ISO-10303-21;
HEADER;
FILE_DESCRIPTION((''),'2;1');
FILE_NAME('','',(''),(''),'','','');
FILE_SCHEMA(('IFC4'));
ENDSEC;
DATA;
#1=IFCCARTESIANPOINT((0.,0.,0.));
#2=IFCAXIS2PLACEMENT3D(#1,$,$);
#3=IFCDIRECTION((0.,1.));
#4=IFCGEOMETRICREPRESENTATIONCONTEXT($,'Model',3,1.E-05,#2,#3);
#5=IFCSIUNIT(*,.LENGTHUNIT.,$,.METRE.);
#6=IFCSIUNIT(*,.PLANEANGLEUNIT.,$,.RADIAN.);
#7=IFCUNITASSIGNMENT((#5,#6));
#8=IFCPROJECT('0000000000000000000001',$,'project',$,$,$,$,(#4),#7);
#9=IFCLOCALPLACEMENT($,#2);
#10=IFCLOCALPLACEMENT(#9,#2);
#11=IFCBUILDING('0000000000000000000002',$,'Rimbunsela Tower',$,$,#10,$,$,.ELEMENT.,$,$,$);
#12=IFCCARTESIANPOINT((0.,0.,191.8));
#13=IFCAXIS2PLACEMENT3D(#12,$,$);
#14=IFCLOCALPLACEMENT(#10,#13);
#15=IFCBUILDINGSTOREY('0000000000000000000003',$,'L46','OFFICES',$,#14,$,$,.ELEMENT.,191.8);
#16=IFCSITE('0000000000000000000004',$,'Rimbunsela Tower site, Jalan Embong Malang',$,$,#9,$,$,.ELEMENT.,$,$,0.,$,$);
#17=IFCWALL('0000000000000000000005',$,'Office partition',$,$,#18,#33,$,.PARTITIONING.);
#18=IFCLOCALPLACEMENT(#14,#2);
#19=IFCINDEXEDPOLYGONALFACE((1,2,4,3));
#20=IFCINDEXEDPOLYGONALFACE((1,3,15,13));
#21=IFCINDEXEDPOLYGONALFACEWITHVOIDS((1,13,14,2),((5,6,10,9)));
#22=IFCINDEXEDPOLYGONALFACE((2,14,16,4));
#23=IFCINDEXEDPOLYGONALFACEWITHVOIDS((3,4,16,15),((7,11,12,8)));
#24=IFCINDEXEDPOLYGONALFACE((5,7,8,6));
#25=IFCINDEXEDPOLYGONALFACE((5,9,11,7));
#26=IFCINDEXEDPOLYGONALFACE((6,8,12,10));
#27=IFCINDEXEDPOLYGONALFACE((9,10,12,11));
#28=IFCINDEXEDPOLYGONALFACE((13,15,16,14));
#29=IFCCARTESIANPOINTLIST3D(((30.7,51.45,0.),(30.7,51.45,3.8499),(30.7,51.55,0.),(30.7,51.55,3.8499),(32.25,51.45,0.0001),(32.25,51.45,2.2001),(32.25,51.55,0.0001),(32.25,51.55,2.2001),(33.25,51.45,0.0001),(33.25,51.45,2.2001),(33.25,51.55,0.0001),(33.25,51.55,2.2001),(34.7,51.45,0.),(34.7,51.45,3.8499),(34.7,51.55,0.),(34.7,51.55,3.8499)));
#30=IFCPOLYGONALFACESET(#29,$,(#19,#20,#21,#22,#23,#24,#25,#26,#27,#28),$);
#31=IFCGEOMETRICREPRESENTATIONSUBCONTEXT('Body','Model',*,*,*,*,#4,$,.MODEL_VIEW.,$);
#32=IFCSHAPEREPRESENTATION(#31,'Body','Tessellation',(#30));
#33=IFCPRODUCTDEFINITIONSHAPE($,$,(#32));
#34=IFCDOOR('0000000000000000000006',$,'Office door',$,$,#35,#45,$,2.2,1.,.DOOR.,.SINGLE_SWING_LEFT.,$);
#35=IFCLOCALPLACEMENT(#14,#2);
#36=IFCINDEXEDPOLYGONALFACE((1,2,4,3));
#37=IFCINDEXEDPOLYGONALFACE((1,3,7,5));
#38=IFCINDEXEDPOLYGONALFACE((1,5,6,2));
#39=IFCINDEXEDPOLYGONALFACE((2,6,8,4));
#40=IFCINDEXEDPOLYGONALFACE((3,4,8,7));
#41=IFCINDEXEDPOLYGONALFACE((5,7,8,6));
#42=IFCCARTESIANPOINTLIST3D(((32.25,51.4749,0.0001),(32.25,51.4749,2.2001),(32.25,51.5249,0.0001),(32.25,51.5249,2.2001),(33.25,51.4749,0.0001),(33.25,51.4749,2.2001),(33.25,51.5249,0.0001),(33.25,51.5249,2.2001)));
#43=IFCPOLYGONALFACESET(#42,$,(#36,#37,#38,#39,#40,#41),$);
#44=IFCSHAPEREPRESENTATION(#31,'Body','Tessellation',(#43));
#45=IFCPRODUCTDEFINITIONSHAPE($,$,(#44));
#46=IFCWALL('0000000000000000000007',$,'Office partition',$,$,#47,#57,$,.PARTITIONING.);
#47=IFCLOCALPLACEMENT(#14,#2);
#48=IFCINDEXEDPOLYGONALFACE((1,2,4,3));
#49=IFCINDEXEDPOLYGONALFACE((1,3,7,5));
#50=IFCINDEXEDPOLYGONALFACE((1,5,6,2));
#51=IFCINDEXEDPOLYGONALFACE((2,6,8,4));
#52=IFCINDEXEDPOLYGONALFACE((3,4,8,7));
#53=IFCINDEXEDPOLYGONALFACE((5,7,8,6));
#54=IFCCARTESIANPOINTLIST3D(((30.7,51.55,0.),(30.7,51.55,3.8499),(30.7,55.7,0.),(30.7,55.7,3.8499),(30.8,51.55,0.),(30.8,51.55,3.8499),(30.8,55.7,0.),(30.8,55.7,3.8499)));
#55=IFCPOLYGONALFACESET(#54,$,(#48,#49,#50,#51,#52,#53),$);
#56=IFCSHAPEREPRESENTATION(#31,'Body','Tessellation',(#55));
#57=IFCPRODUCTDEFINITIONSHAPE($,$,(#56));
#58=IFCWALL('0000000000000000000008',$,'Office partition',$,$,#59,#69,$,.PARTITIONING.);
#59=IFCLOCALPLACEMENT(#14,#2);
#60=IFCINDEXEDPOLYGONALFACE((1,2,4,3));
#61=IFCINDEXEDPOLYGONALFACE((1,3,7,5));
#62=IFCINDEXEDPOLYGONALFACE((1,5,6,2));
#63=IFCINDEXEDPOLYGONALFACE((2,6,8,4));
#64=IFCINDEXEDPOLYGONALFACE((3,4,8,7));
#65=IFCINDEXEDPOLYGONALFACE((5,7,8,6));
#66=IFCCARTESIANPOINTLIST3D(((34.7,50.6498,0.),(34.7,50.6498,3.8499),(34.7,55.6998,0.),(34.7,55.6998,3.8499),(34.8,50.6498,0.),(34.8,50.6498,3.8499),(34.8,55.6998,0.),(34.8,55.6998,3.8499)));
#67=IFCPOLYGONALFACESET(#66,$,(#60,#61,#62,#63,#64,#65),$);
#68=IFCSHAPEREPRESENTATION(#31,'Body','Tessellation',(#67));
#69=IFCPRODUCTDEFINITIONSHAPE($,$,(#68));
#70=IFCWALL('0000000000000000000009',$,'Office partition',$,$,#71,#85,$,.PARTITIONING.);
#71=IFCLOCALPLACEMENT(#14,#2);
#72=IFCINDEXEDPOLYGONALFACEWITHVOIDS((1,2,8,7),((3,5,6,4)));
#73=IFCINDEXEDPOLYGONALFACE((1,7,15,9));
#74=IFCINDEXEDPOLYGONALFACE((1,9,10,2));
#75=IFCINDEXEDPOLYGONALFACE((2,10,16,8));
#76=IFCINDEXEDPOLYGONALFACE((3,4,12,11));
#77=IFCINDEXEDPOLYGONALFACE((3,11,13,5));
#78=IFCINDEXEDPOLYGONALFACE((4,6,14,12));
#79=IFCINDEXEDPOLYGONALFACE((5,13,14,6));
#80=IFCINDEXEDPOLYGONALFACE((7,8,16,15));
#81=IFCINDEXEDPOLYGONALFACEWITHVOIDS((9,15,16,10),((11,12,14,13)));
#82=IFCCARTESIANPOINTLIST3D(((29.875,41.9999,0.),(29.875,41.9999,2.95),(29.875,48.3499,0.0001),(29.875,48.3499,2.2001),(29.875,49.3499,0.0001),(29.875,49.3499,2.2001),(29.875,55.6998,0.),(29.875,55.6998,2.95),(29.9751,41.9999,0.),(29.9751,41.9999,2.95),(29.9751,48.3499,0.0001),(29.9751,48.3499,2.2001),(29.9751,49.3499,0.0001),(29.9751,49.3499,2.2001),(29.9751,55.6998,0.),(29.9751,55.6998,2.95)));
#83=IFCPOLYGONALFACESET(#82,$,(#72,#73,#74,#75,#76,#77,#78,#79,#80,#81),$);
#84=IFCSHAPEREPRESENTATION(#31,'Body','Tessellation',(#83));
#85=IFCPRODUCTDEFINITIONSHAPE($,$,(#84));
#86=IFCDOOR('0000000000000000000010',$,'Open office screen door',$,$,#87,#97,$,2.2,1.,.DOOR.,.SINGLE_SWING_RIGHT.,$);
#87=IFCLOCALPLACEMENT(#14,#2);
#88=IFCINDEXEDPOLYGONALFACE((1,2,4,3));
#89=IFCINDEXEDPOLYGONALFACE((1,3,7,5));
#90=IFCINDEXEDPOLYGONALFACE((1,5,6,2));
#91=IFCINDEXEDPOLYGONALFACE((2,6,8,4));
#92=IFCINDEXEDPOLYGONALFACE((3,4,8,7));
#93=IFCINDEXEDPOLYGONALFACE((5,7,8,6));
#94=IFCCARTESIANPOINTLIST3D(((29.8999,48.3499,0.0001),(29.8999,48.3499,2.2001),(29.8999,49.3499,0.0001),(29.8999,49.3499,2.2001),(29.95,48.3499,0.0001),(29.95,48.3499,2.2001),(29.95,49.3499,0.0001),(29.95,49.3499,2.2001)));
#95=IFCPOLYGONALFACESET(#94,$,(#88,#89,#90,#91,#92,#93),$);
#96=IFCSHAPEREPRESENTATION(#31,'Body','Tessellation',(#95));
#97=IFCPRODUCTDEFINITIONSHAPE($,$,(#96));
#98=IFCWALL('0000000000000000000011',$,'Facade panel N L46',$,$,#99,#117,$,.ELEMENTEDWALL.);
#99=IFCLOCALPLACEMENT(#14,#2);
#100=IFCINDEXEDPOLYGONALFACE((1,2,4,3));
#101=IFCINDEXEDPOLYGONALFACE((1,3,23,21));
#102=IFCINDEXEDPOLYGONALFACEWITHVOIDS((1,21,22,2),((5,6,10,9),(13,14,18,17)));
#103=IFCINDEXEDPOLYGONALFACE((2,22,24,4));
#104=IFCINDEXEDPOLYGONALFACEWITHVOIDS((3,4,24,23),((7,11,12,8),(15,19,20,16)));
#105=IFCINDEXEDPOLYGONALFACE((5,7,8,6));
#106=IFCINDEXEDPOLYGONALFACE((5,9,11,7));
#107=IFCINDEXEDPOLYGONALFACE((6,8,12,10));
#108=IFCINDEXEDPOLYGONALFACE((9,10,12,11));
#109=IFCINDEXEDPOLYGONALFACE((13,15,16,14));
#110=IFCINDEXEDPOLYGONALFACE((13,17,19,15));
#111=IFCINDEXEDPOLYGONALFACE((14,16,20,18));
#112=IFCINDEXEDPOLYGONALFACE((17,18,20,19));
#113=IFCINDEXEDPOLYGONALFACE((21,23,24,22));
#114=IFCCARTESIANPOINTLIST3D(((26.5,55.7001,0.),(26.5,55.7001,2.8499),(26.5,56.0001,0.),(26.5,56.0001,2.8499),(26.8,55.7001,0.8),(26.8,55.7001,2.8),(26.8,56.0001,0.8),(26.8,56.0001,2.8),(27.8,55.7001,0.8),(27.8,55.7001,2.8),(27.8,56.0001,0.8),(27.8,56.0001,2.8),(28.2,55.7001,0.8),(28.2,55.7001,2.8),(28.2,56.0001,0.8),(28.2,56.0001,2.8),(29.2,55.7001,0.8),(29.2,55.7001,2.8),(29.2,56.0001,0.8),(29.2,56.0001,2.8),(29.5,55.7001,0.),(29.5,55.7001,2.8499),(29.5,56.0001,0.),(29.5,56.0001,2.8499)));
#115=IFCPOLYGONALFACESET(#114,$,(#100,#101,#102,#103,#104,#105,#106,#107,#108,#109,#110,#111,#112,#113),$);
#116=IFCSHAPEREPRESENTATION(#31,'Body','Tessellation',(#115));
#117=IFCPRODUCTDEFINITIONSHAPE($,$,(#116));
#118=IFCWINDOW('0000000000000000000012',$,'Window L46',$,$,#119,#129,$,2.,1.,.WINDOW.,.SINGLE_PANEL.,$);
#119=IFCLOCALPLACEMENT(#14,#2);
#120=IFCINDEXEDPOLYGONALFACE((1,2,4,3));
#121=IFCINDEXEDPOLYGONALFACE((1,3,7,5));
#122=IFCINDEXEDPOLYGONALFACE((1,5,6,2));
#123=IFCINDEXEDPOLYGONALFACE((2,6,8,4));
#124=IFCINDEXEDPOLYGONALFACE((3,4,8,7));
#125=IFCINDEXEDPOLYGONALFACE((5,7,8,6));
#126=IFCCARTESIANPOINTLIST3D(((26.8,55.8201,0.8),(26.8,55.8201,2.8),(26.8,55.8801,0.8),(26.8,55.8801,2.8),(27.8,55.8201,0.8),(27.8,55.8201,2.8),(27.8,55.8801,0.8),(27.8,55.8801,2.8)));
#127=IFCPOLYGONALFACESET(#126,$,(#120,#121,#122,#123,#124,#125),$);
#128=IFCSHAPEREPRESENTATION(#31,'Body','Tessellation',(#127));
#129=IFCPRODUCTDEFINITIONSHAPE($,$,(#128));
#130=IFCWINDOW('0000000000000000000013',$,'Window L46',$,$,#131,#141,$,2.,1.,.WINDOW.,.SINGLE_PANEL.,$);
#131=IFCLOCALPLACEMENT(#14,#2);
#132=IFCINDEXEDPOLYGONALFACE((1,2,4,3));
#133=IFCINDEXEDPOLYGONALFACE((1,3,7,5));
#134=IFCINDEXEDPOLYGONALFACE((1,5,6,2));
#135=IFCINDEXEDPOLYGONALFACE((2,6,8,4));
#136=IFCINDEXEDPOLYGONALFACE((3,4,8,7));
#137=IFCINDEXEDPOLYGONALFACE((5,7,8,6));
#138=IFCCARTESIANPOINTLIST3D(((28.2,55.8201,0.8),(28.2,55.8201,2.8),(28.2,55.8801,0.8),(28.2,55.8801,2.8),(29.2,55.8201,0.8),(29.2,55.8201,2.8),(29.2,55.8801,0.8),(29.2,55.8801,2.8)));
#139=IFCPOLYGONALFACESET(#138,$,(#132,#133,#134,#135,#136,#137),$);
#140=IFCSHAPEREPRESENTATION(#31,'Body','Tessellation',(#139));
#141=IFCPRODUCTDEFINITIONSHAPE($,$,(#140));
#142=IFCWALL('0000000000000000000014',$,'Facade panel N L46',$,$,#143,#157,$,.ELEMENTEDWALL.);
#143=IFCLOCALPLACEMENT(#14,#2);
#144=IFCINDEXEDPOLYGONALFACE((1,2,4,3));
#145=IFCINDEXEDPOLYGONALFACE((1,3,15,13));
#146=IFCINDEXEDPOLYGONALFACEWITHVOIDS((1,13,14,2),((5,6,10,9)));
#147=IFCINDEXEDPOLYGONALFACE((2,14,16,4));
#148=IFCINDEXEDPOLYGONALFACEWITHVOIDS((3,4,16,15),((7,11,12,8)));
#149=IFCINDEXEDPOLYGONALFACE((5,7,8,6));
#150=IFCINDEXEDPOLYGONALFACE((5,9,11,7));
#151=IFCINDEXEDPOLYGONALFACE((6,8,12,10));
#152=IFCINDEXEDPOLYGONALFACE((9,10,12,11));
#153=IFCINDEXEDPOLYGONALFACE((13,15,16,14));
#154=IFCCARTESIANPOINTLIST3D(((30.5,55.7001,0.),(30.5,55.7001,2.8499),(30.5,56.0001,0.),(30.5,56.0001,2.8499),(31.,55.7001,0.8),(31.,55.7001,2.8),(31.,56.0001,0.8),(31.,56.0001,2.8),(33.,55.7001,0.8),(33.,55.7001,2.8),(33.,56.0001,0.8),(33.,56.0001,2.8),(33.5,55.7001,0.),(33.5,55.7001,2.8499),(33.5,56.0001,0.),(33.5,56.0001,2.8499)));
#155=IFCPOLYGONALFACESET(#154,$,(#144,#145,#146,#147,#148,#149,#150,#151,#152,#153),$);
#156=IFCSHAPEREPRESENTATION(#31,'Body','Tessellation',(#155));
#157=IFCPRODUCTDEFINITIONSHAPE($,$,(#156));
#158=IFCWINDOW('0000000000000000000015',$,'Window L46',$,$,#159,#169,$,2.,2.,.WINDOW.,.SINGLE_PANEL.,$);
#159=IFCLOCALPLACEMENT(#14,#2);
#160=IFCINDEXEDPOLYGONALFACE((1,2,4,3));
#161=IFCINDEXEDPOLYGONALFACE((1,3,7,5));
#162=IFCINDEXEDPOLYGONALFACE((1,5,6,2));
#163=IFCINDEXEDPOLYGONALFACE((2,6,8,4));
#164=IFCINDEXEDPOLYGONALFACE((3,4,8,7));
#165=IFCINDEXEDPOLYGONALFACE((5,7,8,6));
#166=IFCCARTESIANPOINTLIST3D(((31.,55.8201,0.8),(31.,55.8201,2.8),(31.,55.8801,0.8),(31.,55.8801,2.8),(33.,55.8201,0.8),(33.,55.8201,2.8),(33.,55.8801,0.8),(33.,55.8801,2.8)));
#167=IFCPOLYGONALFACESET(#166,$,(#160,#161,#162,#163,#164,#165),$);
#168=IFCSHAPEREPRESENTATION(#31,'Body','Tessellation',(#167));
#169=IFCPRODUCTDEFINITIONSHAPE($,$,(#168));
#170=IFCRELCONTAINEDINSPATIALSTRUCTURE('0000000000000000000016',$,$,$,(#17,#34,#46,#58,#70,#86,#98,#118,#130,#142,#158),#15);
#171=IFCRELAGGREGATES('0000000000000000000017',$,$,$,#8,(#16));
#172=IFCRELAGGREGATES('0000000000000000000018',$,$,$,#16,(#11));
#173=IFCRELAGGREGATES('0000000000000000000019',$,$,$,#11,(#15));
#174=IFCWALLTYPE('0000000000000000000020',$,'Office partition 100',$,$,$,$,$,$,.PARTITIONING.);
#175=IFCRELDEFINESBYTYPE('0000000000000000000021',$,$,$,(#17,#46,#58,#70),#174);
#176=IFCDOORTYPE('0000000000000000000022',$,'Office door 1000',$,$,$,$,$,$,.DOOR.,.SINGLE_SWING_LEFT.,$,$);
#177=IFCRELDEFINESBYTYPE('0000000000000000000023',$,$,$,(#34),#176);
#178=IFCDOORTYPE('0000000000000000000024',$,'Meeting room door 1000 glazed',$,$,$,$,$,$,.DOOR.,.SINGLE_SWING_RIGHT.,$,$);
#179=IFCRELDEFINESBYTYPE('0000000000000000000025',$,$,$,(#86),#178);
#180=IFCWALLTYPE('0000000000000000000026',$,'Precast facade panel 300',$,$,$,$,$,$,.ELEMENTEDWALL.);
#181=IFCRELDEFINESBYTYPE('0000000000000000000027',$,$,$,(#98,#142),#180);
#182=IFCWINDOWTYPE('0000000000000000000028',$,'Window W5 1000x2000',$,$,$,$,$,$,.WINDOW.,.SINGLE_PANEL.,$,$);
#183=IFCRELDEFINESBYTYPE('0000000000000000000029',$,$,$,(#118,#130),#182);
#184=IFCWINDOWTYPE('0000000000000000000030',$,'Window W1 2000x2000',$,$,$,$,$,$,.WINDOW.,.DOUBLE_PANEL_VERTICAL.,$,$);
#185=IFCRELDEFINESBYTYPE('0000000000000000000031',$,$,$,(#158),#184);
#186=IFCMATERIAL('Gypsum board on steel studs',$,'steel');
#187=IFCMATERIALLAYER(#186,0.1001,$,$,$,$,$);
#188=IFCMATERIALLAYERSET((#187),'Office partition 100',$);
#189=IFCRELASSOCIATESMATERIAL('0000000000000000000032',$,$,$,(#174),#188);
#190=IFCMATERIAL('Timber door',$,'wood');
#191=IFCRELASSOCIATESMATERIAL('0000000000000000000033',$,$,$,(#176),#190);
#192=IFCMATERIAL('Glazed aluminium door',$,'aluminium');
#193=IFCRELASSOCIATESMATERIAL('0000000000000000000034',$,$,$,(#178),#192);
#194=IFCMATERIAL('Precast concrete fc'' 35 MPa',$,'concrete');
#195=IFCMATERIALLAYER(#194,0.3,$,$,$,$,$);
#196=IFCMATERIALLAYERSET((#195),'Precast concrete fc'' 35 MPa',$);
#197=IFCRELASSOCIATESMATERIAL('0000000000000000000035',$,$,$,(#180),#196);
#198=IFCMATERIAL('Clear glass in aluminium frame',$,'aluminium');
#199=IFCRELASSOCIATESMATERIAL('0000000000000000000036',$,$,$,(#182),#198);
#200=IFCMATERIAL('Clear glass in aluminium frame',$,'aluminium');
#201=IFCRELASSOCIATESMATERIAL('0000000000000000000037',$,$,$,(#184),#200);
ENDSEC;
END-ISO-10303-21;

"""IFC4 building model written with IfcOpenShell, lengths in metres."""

from ifc_helpers import new_model, si_unit, direction, frame, frame_2d, origin, place, context, subcontext, project, spatial, rectangle, extrude, material, layer, layer_set, type_object, element, fill, save


model = new_model("IFC4")

# Units and contexts
model_context = context("Model", 3, precision=1e-05, world=origin(), true_north=direction((0.0, 1.0)))
body_context = subcontext(model_context, "Body", "Model", "MODEL_VIEW")
ifc_project = project(units=[si_unit("LENGTHUNIT", "METRE"), si_unit("PLANEANGLEUNIT", "RADIAN")], contexts=[model_context])

# Site, building, storey
site_placement = place(None, origin())
site = spatial("IfcSite", under=ifc_project, at=site_placement, Name="Rimbunsela Tower site, Jalan Embong Malang", CompositionType="ELEMENT", RefElevation=0.0)
building_placement = place(site_placement, origin())
building = spatial("IfcBuilding", under=site, at=building_placement, Name="Rimbunsela Tower", CompositionType="ELEMENT")
storey_placement = place(building_placement, frame((0.0, 0.0, 191.8)))
storey = spatial("IfcBuildingStorey", under=building, at=storey_placement, Name="L46", Description="OFFICES", CompositionType="ELEMENT", Elevation=191.8)

# Wall, opening, door
ifc_material_1 = material(Name="Gypsum board on steel studs", Category="steel")
ifc_layer_1 = layer(ifc_material_1, 0.1001)
ifc_layer_set_1 = layer_set([ifc_layer_1], Name="Office partition 100")
wall_type_1 = type_object("IfcWallType", Name="Office partition 100", PredefinedType="PARTITIONING", material=ifc_layer_set_1)
wall_1_placement = place(storey_placement, frame((30.7, 51.5, 0.0), z_axis=(0.0, 0.0, 1.0), x_axis=(1.0, 0.0, 0.0)))
wall_1 = element("IfcWall", 1, at=wall_1_placement, inside=storey, type_object=wall_type_1, Name="Office partition", PredefinedType="PARTITIONING", context=body_context, shape_type="SweptSolid", body=[
    extrude(rectangle(XDim=4.0, YDim=0.1001, at=frame_2d((2.0, 0.0))), origin(), (0.0, 0.0, 1.0), 3.8499),
])
opening_1_placement = place(wall_1_placement, frame((1.55, 0.0, 0.0)))
opening_1 = element("IfcOpeningElement", 2, at=opening_1_placement, cuts=wall_1, PredefinedType="OPENING", context=body_context, shape_type="SweptSolid", body=[
    extrude(rectangle(XDim=1.0, YDim=2.2, at=frame_2d((0.5, 1.1001))), frame((0.0, 0.0601, 0.0), z_axis=(0.0, -1.0, 0.0), x_axis=(1.0, 0.0, 0.0)), (0.0, 0.0, 1.0), 0.1201),
])
ifc_material_2 = material(Name="Timber door", Category="wood")
door_type_1 = type_object("IfcDoorType", Name="Office door 1000", OperationType="SINGLE_SWING_LEFT", PredefinedType="DOOR", material=ifc_material_2)
door_1_placement = place(opening_1_placement, origin())
door_1 = element("IfcDoor", 3, at=door_1_placement, inside=storey, type_object=door_type_1, Name="Office door", OperationType="SINGLE_SWING_LEFT", OverallHeight=2.2, OverallWidth=1.0, PredefinedType="DOOR", context=body_context, shape_type="SweptSolid", body=[
    extrude(rectangle(XDim=1.0, YDim=2.2, at=frame_2d((0.5, 1.1001))), frame((0.0, 0.0249, 0.0), z_axis=(0.0, -1.0, 0.0), x_axis=(1.0, 0.0, 0.0)), (0.0, 0.0, 1.0), 0.05),
])
fill(opening_1, door_1)

# Walls
wall_2_placement = place(storey_placement, frame((30.75, 51.55, 0.0), z_axis=(0.0, 0.0, 1.0), x_axis=(0.0, 1.0, 0.0)))
element("IfcWall", 4, at=wall_2_placement, inside=storey, type_object=wall_type_1, Name="Office partition", PredefinedType="PARTITIONING", context=body_context, shape_type="SweptSolid", body=[
    extrude(rectangle(XDim=4.1499, YDim=0.1001, at=frame_2d((2.075, 0.0))), origin(), (0.0, 0.0, 1.0), 3.8499),
])
wall_3_placement = place(storey_placement, frame((34.75, 50.6499, 0.0), z_axis=(0.0, 0.0, 1.0), x_axis=(0.0, 1.0, 0.0)))
element("IfcWall", 5, at=wall_3_placement, inside=storey, type_object=wall_type_1, Name="Office partition", PredefinedType="PARTITIONING", context=body_context, shape_type="SweptSolid", body=[
    extrude(rectangle(XDim=5.05, YDim=0.1001, at=frame_2d((2.5249, 0.0))), origin(), (0.0, 0.0, 1.0), 3.8499),
])

# Wall, opening, door
wall_4_placement = place(storey_placement, frame((29.925, 55.7, 0.0), z_axis=(0.0, 0.0, 1.0), x_axis=(0.0, -1.0, 0.0)))
wall_4 = element("IfcWall", 6, at=wall_4_placement, inside=storey, type_object=wall_type_1, Name="Office partition", PredefinedType="PARTITIONING", context=body_context, shape_type="SweptSolid", body=[
    extrude(rectangle(XDim=13.7, YDim=0.1001, at=frame_2d((6.8501, 0.0))), origin(), (0.0, 0.0, 1.0), 2.95),
])
opening_2_placement = place(wall_4_placement, frame((6.3501, 0.0, 0.0)))
opening_2 = element("IfcOpeningElement", 7, at=opening_2_placement, cuts=wall_4, PredefinedType="OPENING", context=body_context, shape_type="SweptSolid", body=[
    extrude(rectangle(XDim=1.0, YDim=2.2, at=frame_2d((0.5, 1.1001))), frame((0.0, 0.0601, 0.0), z_axis=(0.0, -1.0, 0.0), x_axis=(1.0, 0.0, 0.0)), (0.0, 0.0, 1.0), 0.1201),
])
ifc_material_3 = material(Name="Glazed aluminium door", Category="aluminium")
door_type_2 = type_object("IfcDoorType", Name="Meeting room door 1000 glazed", OperationType="SINGLE_SWING_RIGHT", PredefinedType="DOOR", material=ifc_material_3)
door_2_placement = place(opening_2_placement, origin())
door_2 = element("IfcDoor", 8, at=door_2_placement, inside=storey, type_object=door_type_2, Name="Open office screen door", OperationType="SINGLE_SWING_RIGHT", OverallHeight=2.2, OverallWidth=1.0, PredefinedType="DOOR", context=body_context, shape_type="SweptSolid", body=[
    extrude(rectangle(XDim=1.0, YDim=2.2, at=frame_2d((0.5, 1.1001))), frame((0.0, 0.0249, 0.0), z_axis=(0.0, -1.0, 0.0), x_axis=(1.0, 0.0, 0.0)), (0.0, 0.0, 1.0), 0.05),
])
fill(opening_2, door_2)

# Wall, openings, windows
ifc_material_4 = material(Name="Precast concrete fc' 35 MPa", Category="concrete")
ifc_layer_2 = layer(ifc_material_4, 0.3)
ifc_layer_set_2 = layer_set([ifc_layer_2], Name="Precast concrete fc' 35 MPa")
wall_type_2 = type_object("IfcWallType", Name="Precast facade panel 300", PredefinedType="ELEMENTEDWALL", material=ifc_layer_set_2)
wall_5_placement = place(storey_placement, frame((29.5, 55.8501, 0.0), z_axis=(0.0, 0.0, 1.0), x_axis=(-1.0, 0.0, 0.0)))
wall_5 = element("IfcWall", 9, at=wall_5_placement, inside=storey, type_object=wall_type_2, Name="Facade panel N L46", PredefinedType="ELEMENTEDWALL", context=body_context, shape_type="SweptSolid", body=[
    extrude(rectangle(XDim=3.0, YDim=0.3, at=frame_2d((1.5, 0.0))), origin(), (0.0, 0.0, 1.0), 2.8499),
])
opening_3_placement = place(wall_5_placement, frame((1.7, 0.0, 0.8)))
opening_3 = element("IfcOpeningElement", 10, at=opening_3_placement, cuts=wall_5, PredefinedType="OPENING", context=body_context, shape_type="SweptSolid", body=[
    extrude(rectangle(XDim=1.0, YDim=2.0, at=frame_2d((0.5, 1.0))), frame((0.0, 0.1599, 0.0), z_axis=(0.0, -1.0, 0.0), x_axis=(1.0, 0.0, 0.0)), (0.0, 0.0, 1.0), 0.3201),
])
opening_4_placement = place(wall_5_placement, frame((0.3, 0.0, 0.8)))
opening_4 = element("IfcOpeningElement", 11, at=opening_4_placement, cuts=wall_5, PredefinedType="OPENING", context=body_context, shape_type="SweptSolid", body=[
    extrude(rectangle(XDim=1.0, YDim=2.0, at=frame_2d((0.5, 1.0))), frame((0.0, 0.1599, 0.0), z_axis=(0.0, -1.0, 0.0), x_axis=(1.0, 0.0, 0.0)), (0.0, 0.0, 1.0), 0.3201),
])
ifc_material_5 = material(Name="Clear glass in aluminium frame", Category="aluminium")
window_type_1 = type_object("IfcWindowType", Name="Window W5 1000x2000", PartitioningType="SINGLE_PANEL", PredefinedType="WINDOW", material=ifc_material_5)
window_1_placement = place(opening_3_placement, origin())
window_1 = element("IfcWindow", 12, at=window_1_placement, inside=storey, type_object=window_type_1, Name="Window L46", OverallHeight=2.0, OverallWidth=1.0, PartitioningType="SINGLE_PANEL", PredefinedType="WINDOW", context=body_context, shape_type="SweptSolid", body=[
    extrude(rectangle(XDim=1.0, YDim=2.0, at=frame_2d((0.5, 1.0))), frame((0.0, 0.03, 0.0), z_axis=(0.0, -1.0, 0.0), x_axis=(1.0, 0.0, 0.0)), (0.0, 0.0, 1.0), 0.0601),
])
fill(opening_3, window_1)
window_2_placement = place(opening_4_placement, origin())
window_2 = element("IfcWindow", 13, at=window_2_placement, inside=storey, type_object=window_type_1, Name="Window L46", OverallHeight=2.0, OverallWidth=1.0, PartitioningType="SINGLE_PANEL", PredefinedType="WINDOW", context=body_context, shape_type="SweptSolid", body=[
    extrude(rectangle(XDim=1.0, YDim=2.0, at=frame_2d((0.5, 1.0))), frame((0.0, 0.03, 0.0), z_axis=(0.0, -1.0, 0.0), x_axis=(1.0, 0.0, 0.0)), (0.0, 0.0, 1.0), 0.0601),
])
fill(opening_4, window_2)

# Wall, opening, window
wall_6_placement = place(storey_placement, frame((33.5, 55.8501, 0.0), z_axis=(0.0, 0.0, 1.0), x_axis=(-1.0, 0.0, 0.0)))
wall_6 = element("IfcWall", 14, at=wall_6_placement, inside=storey, type_object=wall_type_2, Name="Facade panel N L46", PredefinedType="ELEMENTEDWALL", context=body_context, shape_type="SweptSolid", body=[
    extrude(rectangle(XDim=3.0, YDim=0.3, at=frame_2d((1.5, 0.0))), origin(), (0.0, 0.0, 1.0), 2.8499),
])
opening_5_placement = place(wall_6_placement, frame((0.5, 0.0, 0.8)))
opening_5 = element("IfcOpeningElement", 15, at=opening_5_placement, cuts=wall_6, PredefinedType="OPENING", context=body_context, shape_type="SweptSolid", body=[
    extrude(rectangle(XDim=2.0, YDim=2.0, at=frame_2d((1.0, 1.0))), frame((0.0, 0.1599, 0.0), z_axis=(0.0, -1.0, 0.0), x_axis=(1.0, 0.0, 0.0)), (0.0, 0.0, 1.0), 0.3201),
])
ifc_material_6 = material(Name="Clear glass in aluminium frame", Category="aluminium")
window_type_2 = type_object("IfcWindowType", Name="Window W1 2000x2000", PartitioningType="DOUBLE_PANEL_VERTICAL", PredefinedType="WINDOW", material=ifc_material_6)
window_3_placement = place(opening_5_placement, origin())
window_3 = element("IfcWindow", 16, at=window_3_placement, inside=storey, type_object=window_type_2, Name="Window L46", OverallHeight=2.0, OverallWidth=2.0, PartitioningType="SINGLE_PANEL", PredefinedType="WINDOW", context=body_context, shape_type="SweptSolid", body=[
    extrude(rectangle(XDim=2.0, YDim=2.0, at=frame_2d((1.0, 1.0))), frame((0.0, 0.03, 0.0), z_axis=(0.0, -1.0, 0.0), x_axis=(1.0, 0.0, 0.0)), (0.0, 0.0, 1.0), 0.0601),
])
fill(opening_5, window_3)

save(model, "model.ifc")
